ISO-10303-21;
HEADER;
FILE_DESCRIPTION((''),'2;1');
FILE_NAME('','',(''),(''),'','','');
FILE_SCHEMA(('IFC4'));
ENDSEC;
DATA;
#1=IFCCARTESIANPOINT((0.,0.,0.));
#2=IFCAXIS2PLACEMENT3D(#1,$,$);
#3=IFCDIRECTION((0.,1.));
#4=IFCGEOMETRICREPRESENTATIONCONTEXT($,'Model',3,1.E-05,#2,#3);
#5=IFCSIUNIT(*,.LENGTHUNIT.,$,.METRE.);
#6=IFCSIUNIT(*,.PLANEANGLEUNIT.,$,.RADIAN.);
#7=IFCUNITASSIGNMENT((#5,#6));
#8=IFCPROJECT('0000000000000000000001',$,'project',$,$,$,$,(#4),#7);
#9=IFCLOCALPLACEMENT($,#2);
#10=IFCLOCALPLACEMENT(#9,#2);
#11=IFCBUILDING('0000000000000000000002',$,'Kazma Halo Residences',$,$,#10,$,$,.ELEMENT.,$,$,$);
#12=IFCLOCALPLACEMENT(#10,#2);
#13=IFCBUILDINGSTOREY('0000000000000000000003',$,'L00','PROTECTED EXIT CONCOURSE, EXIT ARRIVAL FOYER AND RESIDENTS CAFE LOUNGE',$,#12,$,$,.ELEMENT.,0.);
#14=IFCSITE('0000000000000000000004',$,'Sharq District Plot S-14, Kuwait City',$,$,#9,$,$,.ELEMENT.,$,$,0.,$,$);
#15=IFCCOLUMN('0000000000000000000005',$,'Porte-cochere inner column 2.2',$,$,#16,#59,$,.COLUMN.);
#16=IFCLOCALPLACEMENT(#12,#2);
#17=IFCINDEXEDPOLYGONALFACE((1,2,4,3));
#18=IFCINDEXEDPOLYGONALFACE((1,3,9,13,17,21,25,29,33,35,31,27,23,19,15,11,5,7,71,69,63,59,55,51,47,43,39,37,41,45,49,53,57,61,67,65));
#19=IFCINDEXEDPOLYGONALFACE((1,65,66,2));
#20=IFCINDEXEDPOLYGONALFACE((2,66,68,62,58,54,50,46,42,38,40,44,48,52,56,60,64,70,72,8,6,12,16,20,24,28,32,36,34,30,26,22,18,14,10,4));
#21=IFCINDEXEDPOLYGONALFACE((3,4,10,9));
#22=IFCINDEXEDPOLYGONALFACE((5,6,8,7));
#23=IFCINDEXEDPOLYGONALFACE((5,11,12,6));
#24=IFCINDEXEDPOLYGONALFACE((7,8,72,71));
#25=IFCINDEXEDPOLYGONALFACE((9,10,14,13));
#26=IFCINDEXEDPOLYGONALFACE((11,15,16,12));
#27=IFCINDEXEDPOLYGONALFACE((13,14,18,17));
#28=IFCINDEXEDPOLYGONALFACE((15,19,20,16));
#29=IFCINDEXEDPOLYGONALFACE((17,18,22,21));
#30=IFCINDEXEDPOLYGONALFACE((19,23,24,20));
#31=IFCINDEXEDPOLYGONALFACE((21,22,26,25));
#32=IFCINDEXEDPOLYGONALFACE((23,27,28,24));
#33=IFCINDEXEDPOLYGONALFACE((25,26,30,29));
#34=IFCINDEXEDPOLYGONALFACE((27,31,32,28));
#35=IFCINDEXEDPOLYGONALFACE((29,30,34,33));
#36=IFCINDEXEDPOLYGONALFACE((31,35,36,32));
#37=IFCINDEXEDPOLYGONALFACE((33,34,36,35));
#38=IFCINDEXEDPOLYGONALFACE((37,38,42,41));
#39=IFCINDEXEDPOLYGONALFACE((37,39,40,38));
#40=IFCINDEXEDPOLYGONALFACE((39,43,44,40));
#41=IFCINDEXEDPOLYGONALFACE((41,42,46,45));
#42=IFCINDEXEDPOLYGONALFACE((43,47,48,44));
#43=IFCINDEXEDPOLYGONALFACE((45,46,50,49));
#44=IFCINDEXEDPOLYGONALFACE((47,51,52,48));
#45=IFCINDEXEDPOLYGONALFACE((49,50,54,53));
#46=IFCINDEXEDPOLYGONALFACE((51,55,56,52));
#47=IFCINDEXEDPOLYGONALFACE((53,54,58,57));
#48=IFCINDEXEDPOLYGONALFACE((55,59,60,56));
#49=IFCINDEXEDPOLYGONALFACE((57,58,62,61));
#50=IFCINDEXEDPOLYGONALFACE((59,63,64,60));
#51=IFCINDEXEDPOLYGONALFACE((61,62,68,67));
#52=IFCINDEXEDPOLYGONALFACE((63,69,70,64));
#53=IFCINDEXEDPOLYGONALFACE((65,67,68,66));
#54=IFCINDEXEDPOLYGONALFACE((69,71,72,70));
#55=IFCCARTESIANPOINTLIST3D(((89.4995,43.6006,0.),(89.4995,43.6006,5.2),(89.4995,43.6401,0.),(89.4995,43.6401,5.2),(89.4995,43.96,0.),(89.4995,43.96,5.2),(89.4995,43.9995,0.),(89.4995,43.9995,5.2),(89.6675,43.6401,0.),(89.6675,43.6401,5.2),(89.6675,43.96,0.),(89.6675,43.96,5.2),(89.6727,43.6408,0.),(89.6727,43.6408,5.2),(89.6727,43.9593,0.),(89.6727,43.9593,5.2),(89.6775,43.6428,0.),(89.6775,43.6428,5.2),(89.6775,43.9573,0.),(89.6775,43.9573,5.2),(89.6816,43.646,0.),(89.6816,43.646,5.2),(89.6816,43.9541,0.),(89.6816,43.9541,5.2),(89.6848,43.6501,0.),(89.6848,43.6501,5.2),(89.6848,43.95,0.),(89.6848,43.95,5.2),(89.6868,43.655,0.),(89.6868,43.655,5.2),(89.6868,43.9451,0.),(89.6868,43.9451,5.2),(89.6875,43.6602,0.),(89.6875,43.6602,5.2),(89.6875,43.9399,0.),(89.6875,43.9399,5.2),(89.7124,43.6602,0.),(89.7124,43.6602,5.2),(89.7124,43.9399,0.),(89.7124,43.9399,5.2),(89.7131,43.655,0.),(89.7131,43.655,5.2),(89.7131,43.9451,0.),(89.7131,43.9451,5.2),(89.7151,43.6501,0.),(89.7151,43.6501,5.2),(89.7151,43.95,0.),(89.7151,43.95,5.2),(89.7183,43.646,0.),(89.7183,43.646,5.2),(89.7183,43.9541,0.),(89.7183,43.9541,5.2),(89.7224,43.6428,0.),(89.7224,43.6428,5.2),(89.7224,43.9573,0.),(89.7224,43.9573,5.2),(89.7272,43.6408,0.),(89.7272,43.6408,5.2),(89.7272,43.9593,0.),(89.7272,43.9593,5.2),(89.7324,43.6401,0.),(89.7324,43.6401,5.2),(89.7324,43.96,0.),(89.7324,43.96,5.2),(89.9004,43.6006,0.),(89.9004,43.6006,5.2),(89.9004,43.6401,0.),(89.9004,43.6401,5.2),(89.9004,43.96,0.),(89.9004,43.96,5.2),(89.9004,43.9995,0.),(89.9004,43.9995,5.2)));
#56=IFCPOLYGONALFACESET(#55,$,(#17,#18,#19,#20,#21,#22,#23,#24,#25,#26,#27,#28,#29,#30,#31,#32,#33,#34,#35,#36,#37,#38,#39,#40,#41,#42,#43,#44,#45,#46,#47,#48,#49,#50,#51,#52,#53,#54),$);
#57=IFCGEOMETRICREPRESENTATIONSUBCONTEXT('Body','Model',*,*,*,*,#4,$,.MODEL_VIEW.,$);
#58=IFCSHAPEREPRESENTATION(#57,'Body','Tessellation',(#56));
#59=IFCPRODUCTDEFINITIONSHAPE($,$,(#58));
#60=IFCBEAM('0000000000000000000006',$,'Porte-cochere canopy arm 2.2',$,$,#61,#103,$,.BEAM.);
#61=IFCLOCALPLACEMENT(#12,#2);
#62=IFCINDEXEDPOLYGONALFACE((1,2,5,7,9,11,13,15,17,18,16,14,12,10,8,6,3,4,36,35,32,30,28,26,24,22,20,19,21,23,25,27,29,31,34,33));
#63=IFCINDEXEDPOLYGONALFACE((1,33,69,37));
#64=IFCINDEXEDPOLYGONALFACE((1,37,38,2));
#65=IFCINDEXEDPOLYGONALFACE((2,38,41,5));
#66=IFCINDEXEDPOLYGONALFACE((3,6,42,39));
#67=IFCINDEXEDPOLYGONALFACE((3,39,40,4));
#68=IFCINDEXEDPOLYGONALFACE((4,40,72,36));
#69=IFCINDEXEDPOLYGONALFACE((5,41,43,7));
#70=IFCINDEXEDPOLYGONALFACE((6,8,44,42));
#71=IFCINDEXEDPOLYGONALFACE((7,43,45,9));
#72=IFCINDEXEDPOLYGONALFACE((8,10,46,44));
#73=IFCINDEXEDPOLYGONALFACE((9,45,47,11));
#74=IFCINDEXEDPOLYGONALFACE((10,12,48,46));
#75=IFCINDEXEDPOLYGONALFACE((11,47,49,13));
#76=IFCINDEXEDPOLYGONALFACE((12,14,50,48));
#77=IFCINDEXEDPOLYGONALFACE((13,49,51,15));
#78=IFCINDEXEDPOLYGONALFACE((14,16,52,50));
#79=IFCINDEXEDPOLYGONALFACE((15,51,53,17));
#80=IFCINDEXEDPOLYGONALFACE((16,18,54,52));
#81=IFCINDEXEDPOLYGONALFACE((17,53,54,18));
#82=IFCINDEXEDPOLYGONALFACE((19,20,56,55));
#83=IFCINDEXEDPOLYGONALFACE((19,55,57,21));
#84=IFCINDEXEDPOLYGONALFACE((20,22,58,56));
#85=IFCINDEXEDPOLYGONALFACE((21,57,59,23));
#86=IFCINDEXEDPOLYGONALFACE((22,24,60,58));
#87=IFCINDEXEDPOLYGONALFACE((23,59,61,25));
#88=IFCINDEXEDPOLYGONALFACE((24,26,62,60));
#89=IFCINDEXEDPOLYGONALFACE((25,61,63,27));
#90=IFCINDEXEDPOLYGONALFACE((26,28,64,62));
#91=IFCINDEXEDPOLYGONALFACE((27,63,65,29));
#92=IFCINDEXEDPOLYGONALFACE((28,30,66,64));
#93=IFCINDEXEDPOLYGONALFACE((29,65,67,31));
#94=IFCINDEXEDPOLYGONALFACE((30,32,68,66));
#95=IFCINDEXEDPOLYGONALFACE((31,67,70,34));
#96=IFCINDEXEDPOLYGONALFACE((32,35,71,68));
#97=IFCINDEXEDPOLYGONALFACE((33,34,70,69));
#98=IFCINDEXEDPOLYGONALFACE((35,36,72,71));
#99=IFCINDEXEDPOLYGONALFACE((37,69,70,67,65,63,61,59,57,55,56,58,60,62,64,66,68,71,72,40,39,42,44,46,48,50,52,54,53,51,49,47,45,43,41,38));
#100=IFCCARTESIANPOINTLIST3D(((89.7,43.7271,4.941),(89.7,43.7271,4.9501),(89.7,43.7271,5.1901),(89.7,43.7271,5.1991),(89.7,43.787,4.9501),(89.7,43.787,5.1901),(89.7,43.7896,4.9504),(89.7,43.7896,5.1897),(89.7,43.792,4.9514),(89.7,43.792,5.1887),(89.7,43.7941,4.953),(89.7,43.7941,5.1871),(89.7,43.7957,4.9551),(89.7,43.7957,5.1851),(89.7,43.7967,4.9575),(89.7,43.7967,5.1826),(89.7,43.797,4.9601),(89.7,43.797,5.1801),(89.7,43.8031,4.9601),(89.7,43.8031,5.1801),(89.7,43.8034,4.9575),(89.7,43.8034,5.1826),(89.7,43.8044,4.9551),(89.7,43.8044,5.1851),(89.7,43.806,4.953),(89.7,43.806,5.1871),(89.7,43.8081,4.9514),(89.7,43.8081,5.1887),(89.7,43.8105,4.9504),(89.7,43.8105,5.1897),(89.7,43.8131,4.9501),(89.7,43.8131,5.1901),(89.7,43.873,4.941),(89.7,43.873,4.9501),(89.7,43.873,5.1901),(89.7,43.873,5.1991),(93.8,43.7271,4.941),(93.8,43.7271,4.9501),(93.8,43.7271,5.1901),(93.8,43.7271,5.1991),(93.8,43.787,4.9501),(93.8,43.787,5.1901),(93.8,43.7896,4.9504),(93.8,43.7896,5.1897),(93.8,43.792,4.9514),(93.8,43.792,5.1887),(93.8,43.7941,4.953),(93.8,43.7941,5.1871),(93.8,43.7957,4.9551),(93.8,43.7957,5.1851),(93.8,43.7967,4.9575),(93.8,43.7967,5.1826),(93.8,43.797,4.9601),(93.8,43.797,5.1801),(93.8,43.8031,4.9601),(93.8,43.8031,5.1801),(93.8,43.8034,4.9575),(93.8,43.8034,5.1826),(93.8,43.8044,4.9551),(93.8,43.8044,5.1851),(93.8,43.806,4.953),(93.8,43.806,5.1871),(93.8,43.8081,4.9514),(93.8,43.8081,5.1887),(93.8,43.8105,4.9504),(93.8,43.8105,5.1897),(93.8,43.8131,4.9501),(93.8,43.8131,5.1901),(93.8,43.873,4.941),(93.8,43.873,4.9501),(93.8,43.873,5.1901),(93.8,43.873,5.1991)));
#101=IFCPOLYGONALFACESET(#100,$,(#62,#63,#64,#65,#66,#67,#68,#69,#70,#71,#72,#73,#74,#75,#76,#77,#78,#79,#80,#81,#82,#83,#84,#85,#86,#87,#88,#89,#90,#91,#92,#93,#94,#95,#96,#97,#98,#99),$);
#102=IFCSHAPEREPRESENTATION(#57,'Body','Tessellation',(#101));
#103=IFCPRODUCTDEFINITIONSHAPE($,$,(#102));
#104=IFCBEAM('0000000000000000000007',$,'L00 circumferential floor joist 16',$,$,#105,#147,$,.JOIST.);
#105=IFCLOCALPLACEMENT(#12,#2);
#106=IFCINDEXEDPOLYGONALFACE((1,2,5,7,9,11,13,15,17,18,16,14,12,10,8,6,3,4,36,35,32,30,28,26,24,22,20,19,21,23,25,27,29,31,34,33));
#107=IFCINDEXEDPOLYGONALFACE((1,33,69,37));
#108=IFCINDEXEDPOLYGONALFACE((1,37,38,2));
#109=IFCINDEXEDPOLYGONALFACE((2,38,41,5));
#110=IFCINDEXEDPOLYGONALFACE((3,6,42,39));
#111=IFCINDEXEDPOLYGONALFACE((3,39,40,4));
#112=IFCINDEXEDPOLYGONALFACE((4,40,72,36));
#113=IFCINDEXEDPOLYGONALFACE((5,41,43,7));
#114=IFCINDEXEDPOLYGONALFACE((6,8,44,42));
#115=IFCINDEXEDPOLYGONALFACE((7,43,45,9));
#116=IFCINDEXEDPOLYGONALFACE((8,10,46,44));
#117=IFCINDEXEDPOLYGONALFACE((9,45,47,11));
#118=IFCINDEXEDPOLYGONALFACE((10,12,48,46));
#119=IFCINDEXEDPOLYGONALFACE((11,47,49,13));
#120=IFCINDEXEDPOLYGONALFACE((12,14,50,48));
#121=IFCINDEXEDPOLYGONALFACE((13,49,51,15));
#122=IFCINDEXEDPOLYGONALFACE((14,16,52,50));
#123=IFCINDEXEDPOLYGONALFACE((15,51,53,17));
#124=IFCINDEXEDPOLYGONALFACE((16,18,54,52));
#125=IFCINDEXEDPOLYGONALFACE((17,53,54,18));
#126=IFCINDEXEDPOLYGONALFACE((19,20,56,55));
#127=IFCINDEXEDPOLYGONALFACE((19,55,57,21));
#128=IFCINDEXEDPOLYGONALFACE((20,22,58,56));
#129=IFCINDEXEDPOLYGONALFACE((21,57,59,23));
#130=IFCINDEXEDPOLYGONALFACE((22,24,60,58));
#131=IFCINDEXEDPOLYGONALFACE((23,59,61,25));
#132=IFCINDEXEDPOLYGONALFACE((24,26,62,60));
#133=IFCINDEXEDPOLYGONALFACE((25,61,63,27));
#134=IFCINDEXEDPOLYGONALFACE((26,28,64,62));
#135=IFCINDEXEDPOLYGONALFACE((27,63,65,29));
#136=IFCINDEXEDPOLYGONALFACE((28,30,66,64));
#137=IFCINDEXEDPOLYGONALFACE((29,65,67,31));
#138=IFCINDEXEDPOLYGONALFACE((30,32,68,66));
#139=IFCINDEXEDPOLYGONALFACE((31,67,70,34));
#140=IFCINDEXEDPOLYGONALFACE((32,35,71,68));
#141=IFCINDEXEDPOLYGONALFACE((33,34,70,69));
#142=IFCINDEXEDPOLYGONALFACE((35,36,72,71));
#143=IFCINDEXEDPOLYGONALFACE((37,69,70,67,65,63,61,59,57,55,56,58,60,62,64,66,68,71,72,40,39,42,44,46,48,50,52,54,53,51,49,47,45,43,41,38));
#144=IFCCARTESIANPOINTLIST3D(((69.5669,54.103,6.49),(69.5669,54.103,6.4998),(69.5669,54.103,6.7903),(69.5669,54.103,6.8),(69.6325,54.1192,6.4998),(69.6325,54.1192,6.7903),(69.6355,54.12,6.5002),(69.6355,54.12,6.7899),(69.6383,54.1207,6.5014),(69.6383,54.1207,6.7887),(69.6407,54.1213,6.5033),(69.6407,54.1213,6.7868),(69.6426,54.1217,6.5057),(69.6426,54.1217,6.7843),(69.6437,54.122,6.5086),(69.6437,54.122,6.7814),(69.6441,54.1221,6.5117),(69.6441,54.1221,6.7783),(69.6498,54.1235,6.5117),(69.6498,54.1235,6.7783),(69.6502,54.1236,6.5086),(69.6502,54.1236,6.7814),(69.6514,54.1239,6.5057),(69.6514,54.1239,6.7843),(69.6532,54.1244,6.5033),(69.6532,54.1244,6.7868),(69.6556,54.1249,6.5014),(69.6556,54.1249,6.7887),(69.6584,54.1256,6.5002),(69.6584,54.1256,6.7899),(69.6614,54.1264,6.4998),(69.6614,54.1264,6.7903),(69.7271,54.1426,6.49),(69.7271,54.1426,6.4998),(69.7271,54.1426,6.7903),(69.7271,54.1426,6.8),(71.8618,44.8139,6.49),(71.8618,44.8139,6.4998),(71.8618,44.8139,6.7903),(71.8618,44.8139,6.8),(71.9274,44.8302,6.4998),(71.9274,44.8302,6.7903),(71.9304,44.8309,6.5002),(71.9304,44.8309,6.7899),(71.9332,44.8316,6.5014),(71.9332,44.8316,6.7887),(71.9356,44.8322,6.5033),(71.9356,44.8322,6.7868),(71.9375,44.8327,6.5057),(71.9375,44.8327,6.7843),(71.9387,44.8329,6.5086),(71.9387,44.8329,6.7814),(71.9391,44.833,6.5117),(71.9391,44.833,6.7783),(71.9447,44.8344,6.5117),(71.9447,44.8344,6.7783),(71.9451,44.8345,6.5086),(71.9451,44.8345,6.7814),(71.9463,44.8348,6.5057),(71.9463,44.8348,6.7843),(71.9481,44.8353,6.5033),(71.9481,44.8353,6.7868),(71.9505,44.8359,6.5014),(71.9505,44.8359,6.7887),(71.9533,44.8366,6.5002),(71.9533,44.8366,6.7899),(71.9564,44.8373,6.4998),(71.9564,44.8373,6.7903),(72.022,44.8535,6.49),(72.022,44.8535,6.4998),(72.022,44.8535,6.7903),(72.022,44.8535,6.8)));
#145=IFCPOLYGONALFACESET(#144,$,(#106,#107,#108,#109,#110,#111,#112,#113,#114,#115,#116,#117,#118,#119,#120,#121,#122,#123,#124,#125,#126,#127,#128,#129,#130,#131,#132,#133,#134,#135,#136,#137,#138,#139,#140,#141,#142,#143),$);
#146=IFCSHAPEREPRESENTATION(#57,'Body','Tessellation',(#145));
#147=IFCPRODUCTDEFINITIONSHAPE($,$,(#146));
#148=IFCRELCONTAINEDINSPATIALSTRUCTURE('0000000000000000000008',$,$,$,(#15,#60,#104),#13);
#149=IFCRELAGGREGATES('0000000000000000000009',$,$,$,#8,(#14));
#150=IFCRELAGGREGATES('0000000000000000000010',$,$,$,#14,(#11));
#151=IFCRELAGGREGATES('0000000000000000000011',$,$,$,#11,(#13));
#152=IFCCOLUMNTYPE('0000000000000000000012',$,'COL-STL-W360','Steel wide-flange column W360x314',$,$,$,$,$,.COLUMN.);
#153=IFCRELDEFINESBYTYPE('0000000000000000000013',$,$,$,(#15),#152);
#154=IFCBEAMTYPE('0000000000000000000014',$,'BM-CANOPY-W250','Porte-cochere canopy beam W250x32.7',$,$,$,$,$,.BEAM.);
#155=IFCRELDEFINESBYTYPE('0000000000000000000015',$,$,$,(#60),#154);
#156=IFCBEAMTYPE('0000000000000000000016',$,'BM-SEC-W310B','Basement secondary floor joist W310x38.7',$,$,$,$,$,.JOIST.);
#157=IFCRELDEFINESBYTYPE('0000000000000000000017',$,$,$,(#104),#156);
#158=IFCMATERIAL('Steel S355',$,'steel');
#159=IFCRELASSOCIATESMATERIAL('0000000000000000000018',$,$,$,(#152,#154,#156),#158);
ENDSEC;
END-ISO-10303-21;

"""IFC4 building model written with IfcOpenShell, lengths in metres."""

from ifc_helpers import new_model, si_unit, direction, frame, origin, origin_2d, place, context, subcontext, project, spatial, i_section, extrude, material, material_profile, profile_set, type_object, element, save


model = new_model("IFC4")

# Units and contexts
model_context = context("Model", 3, precision=1e-05, world=origin(), true_north=direction((0.0, 1.0)))
body_context = subcontext(model_context, "Body", "Model", "MODEL_VIEW")
ifc_project = project(units=[si_unit("LENGTHUNIT", "METRE"), si_unit("PLANEANGLEUNIT", "RADIAN")], contexts=[model_context])

# Site, building, storey
site_placement = place(None, origin())
site = spatial("IfcSite", under=ifc_project, at=site_placement, Name="Sharq District Plot S-14, Kuwait City", CompositionType="ELEMENT", RefElevation=0.0)
building_placement = place(site_placement, origin())
building = spatial("IfcBuilding", under=site, at=building_placement, Name="Kazma Halo Residences", CompositionType="ELEMENT")
storey_placement = place(building_placement, origin())
storey = spatial("IfcBuildingStorey", under=building, at=storey_placement, Name="L00", Description="PROTECTED EXIT CONCOURSE, EXIT ARRIVAL FOYER AND RESIDENTS CAFE LOUNGE", CompositionType="ELEMENT", Elevation=0.0)

# Column
ifc_material_1 = material(Name="Steel S355", Category="steel")
ifc_material_profile_1 = material_profile(ifc_material_1, i_section(OverallWidth=0.4009, OverallDepth=0.3989, WebThickness=0.0249, FlangeThickness=0.0396, FilletRadius=0.02, at=origin_2d()), Name="W360x314")
ifc_profile_set_1 = profile_set([ifc_material_profile_1], Name="Steel S355")
column_type_1 = type_object("IfcColumnType", Name="COL-STL-W360", Description="Steel wide-flange column W360x314", PredefinedType="COLUMN", material=ifc_profile_set_1)
column_1_placement = place(storey_placement, frame((89.7, 43.8, 0.0), z_axis=(0.0, 0.0, 1.0), x_axis=(1.0, 0.0, 0.0)))
element("IfcColumn", 1, at=column_1_placement, inside=storey, type_object=column_type_1, Name="Porte-cochere inner column 2.2", PredefinedType="COLUMN", context=body_context, shape_type="SweptSolid", body=[
    extrude(i_section(OverallWidth=0.4009, OverallDepth=0.3989, WebThickness=0.0249, FlangeThickness=0.0396, FilletRadius=0.02, at=origin_2d()), origin(), (0.0, 0.0, 1.0), 5.2),
])

# Beams
ifc_material_profile_2 = material_profile(ifc_material_1, i_section(OverallWidth=0.146, OverallDepth=0.2581, WebThickness=0.0061, FlangeThickness=0.009, FilletRadius=0.01, at=origin_2d()), Name="W250x32.7")
ifc_profile_set_2 = profile_set([ifc_material_profile_2], Name="Steel S355")
beam_type_1 = type_object("IfcBeamType", Name="BM-CANOPY-W250", Description="Porte-cochere canopy beam W250x32.7", PredefinedType="BEAM", material=ifc_profile_set_2)
beam_1_placement = place(storey_placement, frame((93.8, 43.8, 5.0701), z_axis=(-1.0, 0.0, 0.0), x_axis=(0.0, -1.0, 0.0)))
element("IfcBeam", 2, at=beam_1_placement, inside=storey, type_object=beam_type_1, Name="Porte-cochere canopy arm 2.2", PredefinedType="BEAM", context=body_context, shape_type="SweptSolid", body=[
    extrude(i_section(OverallWidth=0.146, OverallDepth=0.2581, WebThickness=0.0061, FlangeThickness=0.009, FilletRadius=0.01, at=origin_2d()), origin(), (0.0, 0.0, 1.0), 4.1001),
])
ifc_material_profile_3 = material_profile(ifc_material_1, i_section(OverallWidth=0.165, OverallDepth=0.3101, WebThickness=0.0059, FlangeThickness=0.0098, FilletRadius=0.012, at=origin_2d()), Name="W310x38.7")
ifc_profile_set_3 = profile_set([ifc_material_profile_3], Name="Steel S355")
beam_type_2 = type_object("IfcBeamType", Name="BM-SEC-W310B", Description="Basement secondary floor joist W310x38.7", PredefinedType="JOIST", material=ifc_profile_set_3)
beam_2_placement = place(storey_placement, frame((71.9419, 44.8337, 6.645), z_axis=(-0.239845, 0.970811, 0.0), x_axis=(-0.970811, -0.239845, 0.0)))
element("IfcBeam", 3, at=beam_2_placement, inside=storey, type_object=beam_type_2, Name="L00 circumferential floor joist 16", PredefinedType="JOIST", context=body_context, shape_type="SweptSolid", body=[
    extrude(i_section(OverallWidth=0.165, OverallDepth=0.3101, WebThickness=0.0059, FlangeThickness=0.0098, FilletRadius=0.012, at=origin_2d()), origin(), (0.0, 0.0, 1.0), 9.5684),
])

save(model, "model.ifc")
